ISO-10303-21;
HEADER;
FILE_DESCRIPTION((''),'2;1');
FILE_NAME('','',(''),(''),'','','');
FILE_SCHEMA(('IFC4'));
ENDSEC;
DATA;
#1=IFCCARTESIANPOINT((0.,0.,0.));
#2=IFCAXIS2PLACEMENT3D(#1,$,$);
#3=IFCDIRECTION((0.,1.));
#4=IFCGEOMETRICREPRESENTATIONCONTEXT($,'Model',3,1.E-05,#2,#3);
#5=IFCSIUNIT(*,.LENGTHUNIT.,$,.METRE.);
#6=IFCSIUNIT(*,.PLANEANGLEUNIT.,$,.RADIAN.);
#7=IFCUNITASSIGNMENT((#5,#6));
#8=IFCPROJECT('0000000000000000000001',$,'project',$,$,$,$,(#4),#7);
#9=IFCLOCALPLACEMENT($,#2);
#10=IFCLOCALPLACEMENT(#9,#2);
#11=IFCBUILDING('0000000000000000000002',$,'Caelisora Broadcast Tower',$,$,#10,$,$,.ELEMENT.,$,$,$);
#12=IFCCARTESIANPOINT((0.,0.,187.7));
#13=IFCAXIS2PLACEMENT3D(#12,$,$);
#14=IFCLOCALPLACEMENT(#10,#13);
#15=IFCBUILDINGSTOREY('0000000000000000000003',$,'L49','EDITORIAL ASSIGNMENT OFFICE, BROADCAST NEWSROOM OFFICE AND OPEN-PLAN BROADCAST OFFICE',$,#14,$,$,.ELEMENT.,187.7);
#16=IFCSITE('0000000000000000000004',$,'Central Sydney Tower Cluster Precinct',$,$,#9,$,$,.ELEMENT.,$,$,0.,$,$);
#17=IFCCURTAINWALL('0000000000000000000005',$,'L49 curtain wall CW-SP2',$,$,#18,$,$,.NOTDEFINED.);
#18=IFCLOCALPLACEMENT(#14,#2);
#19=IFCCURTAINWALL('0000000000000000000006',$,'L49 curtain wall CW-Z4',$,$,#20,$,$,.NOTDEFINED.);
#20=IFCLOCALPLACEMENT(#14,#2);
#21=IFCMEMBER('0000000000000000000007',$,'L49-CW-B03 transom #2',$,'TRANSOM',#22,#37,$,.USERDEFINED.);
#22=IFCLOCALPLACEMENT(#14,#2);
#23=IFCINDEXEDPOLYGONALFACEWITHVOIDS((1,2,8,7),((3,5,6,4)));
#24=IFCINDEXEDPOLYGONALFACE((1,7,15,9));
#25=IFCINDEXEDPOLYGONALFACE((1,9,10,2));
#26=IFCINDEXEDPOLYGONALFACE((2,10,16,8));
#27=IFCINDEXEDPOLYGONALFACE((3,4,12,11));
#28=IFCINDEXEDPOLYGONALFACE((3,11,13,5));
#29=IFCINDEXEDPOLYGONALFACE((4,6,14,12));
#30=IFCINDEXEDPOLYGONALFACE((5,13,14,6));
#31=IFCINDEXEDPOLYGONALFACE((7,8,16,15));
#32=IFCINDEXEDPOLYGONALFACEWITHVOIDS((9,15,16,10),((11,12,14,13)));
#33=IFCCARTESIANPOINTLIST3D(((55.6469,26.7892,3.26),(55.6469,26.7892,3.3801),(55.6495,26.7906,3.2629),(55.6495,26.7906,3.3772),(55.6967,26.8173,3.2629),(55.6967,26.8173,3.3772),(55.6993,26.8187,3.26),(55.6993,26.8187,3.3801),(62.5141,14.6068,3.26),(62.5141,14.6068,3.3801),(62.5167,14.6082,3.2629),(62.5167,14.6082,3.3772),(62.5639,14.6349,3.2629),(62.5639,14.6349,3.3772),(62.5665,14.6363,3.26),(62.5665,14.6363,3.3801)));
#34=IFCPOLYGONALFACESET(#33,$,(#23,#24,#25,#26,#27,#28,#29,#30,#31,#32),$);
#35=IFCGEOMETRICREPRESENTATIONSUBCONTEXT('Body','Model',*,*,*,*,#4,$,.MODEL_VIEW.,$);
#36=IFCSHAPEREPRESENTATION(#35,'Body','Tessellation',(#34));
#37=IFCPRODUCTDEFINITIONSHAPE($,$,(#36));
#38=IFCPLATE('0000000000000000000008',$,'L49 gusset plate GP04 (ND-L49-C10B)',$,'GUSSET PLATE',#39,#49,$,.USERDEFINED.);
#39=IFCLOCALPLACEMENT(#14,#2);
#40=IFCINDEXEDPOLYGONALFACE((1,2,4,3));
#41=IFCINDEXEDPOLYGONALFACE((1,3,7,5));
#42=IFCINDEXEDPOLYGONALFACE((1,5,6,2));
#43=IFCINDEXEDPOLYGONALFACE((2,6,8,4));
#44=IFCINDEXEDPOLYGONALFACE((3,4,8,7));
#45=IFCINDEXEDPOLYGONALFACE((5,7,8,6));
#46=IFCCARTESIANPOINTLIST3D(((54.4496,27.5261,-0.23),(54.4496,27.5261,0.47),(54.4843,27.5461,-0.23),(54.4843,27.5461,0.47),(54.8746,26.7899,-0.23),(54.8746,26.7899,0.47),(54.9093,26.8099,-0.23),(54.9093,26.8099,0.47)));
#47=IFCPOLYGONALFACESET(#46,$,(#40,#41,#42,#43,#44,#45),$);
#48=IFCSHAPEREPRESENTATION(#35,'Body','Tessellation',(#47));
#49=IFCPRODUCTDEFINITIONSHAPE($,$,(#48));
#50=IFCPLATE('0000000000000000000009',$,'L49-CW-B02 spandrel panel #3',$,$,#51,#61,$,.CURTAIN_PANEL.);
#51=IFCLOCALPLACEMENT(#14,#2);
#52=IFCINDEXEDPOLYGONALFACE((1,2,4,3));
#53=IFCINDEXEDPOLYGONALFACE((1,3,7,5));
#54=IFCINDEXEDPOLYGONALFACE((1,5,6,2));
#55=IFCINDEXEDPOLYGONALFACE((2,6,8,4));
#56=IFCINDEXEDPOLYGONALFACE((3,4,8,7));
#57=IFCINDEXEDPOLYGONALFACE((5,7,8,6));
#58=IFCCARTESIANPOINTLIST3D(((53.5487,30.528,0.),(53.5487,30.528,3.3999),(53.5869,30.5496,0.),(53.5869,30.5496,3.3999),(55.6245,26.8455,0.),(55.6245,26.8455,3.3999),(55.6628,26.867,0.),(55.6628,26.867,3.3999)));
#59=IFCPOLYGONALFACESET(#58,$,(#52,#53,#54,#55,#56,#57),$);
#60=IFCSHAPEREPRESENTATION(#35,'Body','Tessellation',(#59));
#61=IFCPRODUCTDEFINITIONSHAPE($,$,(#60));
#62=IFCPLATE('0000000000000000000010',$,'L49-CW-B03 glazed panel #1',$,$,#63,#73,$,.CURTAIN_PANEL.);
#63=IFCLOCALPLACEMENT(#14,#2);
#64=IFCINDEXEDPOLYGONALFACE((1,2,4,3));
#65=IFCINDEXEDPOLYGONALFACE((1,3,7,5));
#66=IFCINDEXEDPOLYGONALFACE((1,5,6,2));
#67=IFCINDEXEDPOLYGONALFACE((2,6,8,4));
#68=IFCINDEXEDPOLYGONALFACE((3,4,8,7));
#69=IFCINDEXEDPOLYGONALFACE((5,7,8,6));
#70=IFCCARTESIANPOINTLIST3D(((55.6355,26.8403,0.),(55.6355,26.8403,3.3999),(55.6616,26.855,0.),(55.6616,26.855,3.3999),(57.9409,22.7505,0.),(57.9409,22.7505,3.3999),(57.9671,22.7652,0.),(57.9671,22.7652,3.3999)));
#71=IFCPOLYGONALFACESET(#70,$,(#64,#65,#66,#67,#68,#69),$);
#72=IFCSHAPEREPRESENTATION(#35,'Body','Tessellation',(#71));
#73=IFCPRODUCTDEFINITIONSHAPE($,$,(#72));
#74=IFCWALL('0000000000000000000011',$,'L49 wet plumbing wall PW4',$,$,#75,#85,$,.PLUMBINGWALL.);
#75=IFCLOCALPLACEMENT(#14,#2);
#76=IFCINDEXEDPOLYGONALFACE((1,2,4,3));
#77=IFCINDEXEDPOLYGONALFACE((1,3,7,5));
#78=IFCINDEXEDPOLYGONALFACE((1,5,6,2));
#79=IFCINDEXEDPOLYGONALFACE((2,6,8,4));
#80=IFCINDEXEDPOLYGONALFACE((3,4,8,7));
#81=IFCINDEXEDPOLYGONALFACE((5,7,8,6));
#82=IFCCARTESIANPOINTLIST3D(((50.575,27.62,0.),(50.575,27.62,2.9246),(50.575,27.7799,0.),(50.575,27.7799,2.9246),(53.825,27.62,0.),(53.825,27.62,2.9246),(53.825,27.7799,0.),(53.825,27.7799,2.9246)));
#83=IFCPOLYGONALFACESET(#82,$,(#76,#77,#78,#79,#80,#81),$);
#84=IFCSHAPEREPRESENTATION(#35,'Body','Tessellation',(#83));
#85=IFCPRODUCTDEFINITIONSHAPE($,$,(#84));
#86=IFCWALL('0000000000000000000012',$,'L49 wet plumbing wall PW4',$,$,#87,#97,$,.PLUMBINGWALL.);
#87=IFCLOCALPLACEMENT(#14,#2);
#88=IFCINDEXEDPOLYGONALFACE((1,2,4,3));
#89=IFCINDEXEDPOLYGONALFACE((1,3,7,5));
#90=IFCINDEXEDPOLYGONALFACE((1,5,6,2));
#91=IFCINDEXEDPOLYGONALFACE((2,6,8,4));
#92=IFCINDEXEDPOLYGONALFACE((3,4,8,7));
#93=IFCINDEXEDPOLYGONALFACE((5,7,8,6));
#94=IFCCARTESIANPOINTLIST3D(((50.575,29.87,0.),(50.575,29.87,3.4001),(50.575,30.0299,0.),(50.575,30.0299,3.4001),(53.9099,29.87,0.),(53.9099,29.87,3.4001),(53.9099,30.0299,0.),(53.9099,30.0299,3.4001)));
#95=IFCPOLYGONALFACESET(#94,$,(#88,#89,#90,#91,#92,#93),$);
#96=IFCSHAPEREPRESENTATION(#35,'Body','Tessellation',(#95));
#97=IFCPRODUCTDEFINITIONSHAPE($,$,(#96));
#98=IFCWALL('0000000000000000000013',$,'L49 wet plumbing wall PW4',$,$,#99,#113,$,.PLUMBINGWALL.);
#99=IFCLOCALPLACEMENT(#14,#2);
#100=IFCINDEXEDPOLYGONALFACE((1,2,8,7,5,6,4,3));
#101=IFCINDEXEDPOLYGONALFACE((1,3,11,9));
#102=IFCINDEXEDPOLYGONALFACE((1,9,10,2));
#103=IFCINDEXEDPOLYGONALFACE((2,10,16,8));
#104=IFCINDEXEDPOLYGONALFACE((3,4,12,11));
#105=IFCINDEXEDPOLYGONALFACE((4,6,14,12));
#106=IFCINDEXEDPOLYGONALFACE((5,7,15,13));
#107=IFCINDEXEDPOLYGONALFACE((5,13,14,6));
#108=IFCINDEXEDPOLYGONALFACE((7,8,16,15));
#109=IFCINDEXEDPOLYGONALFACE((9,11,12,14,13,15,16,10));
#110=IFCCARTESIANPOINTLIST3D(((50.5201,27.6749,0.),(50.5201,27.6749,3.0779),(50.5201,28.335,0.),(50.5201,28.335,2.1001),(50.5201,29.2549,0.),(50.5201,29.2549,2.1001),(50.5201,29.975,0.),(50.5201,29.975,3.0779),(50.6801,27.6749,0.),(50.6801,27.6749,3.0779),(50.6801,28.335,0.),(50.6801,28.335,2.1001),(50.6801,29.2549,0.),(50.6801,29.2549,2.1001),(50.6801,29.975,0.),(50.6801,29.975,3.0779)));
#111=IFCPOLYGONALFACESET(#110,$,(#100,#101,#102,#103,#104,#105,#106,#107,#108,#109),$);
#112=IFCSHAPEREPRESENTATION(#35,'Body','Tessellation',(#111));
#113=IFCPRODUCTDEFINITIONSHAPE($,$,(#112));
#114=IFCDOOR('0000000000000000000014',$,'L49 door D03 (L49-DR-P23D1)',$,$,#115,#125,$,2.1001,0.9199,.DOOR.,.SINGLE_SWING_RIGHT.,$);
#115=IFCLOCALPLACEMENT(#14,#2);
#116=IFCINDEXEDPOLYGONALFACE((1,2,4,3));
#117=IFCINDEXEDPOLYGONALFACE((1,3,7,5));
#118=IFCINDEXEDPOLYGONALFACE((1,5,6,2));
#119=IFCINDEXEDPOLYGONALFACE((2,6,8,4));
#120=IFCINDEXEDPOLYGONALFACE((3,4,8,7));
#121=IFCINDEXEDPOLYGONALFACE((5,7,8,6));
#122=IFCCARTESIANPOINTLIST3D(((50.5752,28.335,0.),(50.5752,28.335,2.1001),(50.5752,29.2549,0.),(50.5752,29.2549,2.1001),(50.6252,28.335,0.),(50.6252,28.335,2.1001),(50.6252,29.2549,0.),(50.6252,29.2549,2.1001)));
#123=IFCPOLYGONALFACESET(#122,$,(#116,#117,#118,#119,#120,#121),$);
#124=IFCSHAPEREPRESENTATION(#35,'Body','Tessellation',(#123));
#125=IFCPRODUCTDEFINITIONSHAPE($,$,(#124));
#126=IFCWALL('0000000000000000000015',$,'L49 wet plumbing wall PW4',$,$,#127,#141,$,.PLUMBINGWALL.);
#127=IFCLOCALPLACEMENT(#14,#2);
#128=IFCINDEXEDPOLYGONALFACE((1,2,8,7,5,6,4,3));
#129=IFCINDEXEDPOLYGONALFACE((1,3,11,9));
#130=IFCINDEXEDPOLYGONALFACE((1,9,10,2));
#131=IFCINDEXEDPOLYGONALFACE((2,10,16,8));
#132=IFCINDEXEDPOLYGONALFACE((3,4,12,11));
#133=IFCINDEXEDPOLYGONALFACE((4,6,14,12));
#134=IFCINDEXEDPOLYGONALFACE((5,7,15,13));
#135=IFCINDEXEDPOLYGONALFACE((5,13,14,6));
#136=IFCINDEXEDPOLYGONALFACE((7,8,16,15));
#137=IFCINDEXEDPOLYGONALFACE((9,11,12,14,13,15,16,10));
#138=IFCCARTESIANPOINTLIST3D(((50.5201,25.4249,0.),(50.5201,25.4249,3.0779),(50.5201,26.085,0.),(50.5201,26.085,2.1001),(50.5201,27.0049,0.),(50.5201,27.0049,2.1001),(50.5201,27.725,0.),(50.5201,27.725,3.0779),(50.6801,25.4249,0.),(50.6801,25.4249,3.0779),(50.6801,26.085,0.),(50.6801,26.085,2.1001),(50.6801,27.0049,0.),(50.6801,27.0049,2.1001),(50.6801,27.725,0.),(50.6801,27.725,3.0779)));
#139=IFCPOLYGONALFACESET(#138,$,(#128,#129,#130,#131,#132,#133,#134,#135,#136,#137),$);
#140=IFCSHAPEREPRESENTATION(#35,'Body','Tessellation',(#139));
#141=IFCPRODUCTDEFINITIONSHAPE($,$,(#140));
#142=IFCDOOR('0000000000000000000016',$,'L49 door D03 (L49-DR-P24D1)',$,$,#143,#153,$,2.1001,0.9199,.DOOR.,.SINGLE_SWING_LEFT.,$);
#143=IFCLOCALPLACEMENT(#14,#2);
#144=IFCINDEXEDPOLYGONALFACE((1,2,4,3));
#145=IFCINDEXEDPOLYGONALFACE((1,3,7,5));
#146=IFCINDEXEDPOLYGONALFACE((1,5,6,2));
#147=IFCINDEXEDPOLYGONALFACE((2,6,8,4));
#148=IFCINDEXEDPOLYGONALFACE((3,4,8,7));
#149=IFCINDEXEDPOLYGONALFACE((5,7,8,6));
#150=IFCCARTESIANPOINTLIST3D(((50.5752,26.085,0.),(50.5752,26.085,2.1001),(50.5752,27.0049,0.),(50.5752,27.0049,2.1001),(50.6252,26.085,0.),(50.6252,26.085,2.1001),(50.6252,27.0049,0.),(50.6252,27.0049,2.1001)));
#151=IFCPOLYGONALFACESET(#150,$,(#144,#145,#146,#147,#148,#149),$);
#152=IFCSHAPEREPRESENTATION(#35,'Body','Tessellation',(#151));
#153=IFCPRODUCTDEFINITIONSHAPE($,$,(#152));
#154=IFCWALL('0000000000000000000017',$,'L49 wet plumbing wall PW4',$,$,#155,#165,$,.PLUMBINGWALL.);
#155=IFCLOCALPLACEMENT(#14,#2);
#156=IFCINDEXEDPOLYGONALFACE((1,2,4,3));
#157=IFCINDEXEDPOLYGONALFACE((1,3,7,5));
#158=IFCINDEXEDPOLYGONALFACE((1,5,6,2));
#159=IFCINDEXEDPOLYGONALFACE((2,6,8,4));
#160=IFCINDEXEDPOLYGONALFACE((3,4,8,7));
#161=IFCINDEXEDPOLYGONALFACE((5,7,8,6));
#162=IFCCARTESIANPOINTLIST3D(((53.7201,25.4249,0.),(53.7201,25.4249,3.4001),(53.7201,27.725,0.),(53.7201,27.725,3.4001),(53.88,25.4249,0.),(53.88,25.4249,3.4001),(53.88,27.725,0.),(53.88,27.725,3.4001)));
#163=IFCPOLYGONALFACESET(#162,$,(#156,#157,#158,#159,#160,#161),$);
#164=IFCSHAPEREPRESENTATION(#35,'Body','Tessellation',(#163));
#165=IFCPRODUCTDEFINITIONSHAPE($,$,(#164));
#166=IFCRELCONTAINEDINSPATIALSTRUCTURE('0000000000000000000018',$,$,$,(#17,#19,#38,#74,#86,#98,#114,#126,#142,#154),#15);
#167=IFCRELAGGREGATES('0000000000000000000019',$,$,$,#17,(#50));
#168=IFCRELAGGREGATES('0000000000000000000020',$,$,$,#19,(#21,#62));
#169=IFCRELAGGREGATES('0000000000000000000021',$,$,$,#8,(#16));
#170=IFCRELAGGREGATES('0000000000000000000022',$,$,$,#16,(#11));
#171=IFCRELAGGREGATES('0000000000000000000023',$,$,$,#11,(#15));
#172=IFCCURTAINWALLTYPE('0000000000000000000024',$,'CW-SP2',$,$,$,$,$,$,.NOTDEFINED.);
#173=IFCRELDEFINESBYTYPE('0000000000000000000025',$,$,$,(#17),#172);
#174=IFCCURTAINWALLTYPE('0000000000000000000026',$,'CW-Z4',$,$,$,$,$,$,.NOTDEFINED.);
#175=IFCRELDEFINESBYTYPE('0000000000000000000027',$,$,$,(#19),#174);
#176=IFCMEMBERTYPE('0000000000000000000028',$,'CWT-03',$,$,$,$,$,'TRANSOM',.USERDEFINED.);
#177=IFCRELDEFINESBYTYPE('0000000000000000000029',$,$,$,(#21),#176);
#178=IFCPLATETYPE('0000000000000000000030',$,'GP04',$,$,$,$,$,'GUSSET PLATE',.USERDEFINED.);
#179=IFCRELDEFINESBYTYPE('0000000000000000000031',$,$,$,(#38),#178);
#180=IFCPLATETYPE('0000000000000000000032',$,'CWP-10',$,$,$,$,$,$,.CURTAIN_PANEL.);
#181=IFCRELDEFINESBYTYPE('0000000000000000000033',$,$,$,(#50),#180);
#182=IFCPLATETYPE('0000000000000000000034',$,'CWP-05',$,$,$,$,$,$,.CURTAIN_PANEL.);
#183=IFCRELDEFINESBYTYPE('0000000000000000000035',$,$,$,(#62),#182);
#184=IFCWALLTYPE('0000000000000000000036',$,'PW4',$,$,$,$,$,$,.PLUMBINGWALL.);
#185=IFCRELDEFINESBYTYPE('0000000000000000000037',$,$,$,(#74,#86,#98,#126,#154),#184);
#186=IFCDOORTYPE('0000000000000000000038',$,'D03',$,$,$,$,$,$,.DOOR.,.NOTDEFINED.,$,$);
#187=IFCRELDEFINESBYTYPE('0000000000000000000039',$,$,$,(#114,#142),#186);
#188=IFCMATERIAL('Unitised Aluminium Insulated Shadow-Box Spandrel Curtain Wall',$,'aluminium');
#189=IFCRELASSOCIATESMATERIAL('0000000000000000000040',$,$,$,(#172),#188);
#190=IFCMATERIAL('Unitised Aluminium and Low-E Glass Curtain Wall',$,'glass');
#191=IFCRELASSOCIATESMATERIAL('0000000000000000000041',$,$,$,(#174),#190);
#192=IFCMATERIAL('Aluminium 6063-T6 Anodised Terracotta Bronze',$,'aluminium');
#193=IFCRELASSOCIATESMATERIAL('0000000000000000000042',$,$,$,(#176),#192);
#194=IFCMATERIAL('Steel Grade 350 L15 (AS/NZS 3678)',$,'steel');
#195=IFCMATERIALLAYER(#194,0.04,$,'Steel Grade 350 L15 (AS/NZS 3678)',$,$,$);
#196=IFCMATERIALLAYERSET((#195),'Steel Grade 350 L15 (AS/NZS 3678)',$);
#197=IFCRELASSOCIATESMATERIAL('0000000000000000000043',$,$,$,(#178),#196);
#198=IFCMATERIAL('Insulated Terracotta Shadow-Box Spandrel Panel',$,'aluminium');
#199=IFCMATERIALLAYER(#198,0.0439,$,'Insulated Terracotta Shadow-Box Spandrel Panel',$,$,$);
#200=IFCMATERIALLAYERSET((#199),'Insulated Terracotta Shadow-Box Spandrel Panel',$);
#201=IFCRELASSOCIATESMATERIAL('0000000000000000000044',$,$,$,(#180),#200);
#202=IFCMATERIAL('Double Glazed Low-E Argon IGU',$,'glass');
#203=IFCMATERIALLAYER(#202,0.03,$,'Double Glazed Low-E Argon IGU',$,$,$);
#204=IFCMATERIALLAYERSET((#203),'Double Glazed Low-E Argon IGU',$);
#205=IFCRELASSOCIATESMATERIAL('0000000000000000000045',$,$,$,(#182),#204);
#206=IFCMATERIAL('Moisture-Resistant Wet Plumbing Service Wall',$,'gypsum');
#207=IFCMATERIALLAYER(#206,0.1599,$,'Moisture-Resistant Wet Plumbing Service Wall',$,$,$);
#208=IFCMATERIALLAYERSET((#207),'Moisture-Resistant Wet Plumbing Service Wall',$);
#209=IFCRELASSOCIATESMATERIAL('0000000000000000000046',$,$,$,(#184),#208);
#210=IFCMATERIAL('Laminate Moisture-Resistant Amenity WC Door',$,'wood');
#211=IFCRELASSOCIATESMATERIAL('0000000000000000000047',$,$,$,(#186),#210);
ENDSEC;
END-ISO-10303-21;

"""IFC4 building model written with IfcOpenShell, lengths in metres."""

from ifc_helpers import new_model, si_unit, direction, frame, frame_2d, origin, origin_2d, place, context, subcontext, project, spatial, rectangle, hollow_rectangle, extrude, source, transform, mapped, material, layer, layer_set, material_profile, profile_set, type_object, type_shapes, element, fill, aggregate, save


model = new_model("IFC4")

# Units and contexts
model_context = context("Model", 3, precision=1e-05, world=origin(), true_north=direction((0.0, 1.0)))
body_context = subcontext(model_context, "Body", "Model", "MODEL_VIEW")
ifc_project = project(units=[si_unit("LENGTHUNIT", "METRE"), si_unit("PLANEANGLEUNIT", "RADIAN")], contexts=[model_context])

# Site, building, storey
site_placement = place(None, origin())
site = spatial("IfcSite", under=ifc_project, at=site_placement, Name="Central Sydney Tower Cluster Precinct", CompositionType="ELEMENT", RefElevation=0.0)
building_placement = place(site_placement, origin())
building = spatial("IfcBuilding", under=site, at=building_placement, Name="Caelisora Broadcast Tower", CompositionType="ELEMENT")
storey_placement = place(building_placement, frame((0.0, 0.0, 187.7)))
storey = spatial("IfcBuildingStorey", under=building, at=storey_placement, Name="L49", Description="EDITORIAL ASSIGNMENT OFFICE, BROADCAST NEWSROOM OFFICE AND OPEN-PLAN BROADCAST OFFICE", CompositionType="ELEMENT", Elevation=187.7)

# Shared definitions
ifc_material_1 = material(Name="Steel Grade 350 L15 (AS/NZS 3678)", Category="steel")

# Curtain wall
ifc_material_2 = material(Name="Unitised Aluminium Insulated Shadow-Box Spandrel Curtain Wall", Category="aluminium")
curtain_wall_type_1 = type_object("IfcCurtainWallType", Name="CW-SP2", PredefinedType="NOTDEFINED", material=ifc_material_2)
curtain_wall_1_placement = place(storey_placement, origin())
curtain_wall_1 = element("IfcCurtainWall", 1, at=curtain_wall_1_placement, inside=storey, type_object=curtain_wall_type_1, Name="L49 curtain wall CW-SP2", PredefinedType="NOTDEFINED")
ifc_material_3 = material(Name="Aluminium 6063-T6 Anodised Terracotta Bronze", Category="aluminium")

# Curtain wall, member
ifc_material_4 = material(Name="Unitised Aluminium and Low-E Glass Curtain Wall", Category="glass")
curtain_wall_type_2 = type_object("IfcCurtainWallType", Name="CW-Z4", PredefinedType="NOTDEFINED", material=ifc_material_4)
curtain_wall_2_placement = place(storey_placement, origin())
curtain_wall_2 = element("IfcCurtainWall", 2, at=curtain_wall_2_placement, inside=storey, type_object=curtain_wall_type_2, Name="L49 curtain wall CW-Z4", PredefinedType="NOTDEFINED")
ifc_material_profile_1 = material_profile(ifc_material_3, hollow_rectangle(XDim=0.0601, YDim=0.1201, WallThickness=0.0029, at=origin_2d()), Name="Aluminium 6063-T6 Anodised Terracotta Bronze")
ifc_profile_set_1 = profile_set([ifc_material_profile_1], Name="Aluminium 6063-T6 Anodised Terracotta Bronze")
member_type_1 = type_object("IfcMemberType", Name="CWT-03", ElementType="TRANSOM", PredefinedType="USERDEFINED", material=ifc_profile_set_1)
shared_shape_1 = source(origin(), body_context, "Body", "SweptSolid", [
    extrude(hollow_rectangle(XDim=0.0601, YDim=0.1201, WallThickness=0.0029, at=origin_2d()), origin(), (0.0, 0.0, 1.0), 13.9846),
])
type_shapes(member_type_1, [shared_shape_1])
member_1_placement = place(storey_placement, frame((55.6731, 26.804, 3.3201), z_axis=(0.491054, -0.871129, 0.0), x_axis=(0.871129, 0.491054, 0.0)))
member_1 = element("IfcMember", 3, at=member_1_placement, type_object=member_type_1, Name="L49-CW-B03 transom #2", ObjectType="TRANSOM", PredefinedType="USERDEFINED", context=body_context, shape_type="MappedRepresentation", body=[
    mapped(shared_shape_1, transform((0.0, 0.0, 0.0), scale=1.0)),
])

# Plates
ifc_layer_1 = layer(ifc_material_1, 0.04, Name="Steel Grade 350 L15 (AS/NZS 3678)")
ifc_layer_set_1 = layer_set([ifc_layer_1], Name="Steel Grade 350 L15 (AS/NZS 3678)")
plate_type_1 = type_object("IfcPlateType", Name="GP04", ElementType="GUSSET PLATE", PredefinedType="USERDEFINED", material=ifc_layer_set_1)
shared_shape_2 = source(origin(), body_context, "Body", "SweptSolid", [
    extrude(rectangle(XDim=0.8501, YDim=0.04, at=origin_2d()), origin(), (0.0, 0.0, 1.0), 0.7),
])
type_shapes(plate_type_1, [shared_shape_2])
plate_1_placement = place(storey_placement, frame((54.6794, 27.168, -0.23), z_axis=(0.0, 0.0, 1.0), x_axis=(-0.5, 0.866025, 0.0)))
element("IfcPlate", 4, at=plate_1_placement, inside=storey, type_object=plate_type_1, Name="L49 gusset plate GP04 (ND-L49-C10B)", ObjectType="GUSSET PLATE", PredefinedType="USERDEFINED", context=body_context, shape_type="MappedRepresentation", body=[
    mapped(shared_shape_2, transform((0.0, 0.0, 0.0), scale=1.0)),
])
ifc_material_5 = material(Name="Insulated Terracotta Shadow-Box Spandrel Panel", Category="aluminium")
ifc_layer_2 = layer(ifc_material_5, 0.0439, Name="Insulated Terracotta Shadow-Box Spandrel Panel")
ifc_layer_set_2 = layer_set([ifc_layer_2], Name="Insulated Terracotta Shadow-Box Spandrel Panel")
plate_type_2 = type_object("IfcPlateType", Name="CWP-10", PredefinedType="CURTAIN_PANEL", material=ifc_layer_set_2)
shared_shape_3 = source(origin(), body_context, "Body", "SweptSolid", [
    extrude(rectangle(XDim=4.2273, YDim=0.0439, at=origin_2d()), origin(), (0.0, 0.0, 1.0), 3.3999),
])
type_shapes(plate_type_2, [shared_shape_3])
plate_2_placement = place(storey_placement, frame((54.6057, 28.6975, 0.0), z_axis=(0.0, 0.0, 1.0), x_axis=(0.491056, -0.871128, 0.0)))
plate_2 = element("IfcPlate", 5, at=plate_2_placement, type_object=plate_type_2, Name="L49-CW-B02 spandrel panel #3", PredefinedType="CURTAIN_PANEL", context=body_context, shape_type="MappedRepresentation", body=[
    mapped(shared_shape_3, transform((0.0, 0.0, 0.0), scale=1.0)),
])
aggregate(curtain_wall_1, [plate_2])
ifc_material_6 = material(Name="Double Glazed Low-E Argon IGU", Category="glass")
ifc_layer_3 = layer(ifc_material_6, 0.03, Name="Double Glazed Low-E Argon IGU")
ifc_layer_set_3 = layer_set([ifc_layer_3], Name="Double Glazed Low-E Argon IGU")
plate_type_3 = type_object("IfcPlateType", Name="CWP-05", PredefinedType="CURTAIN_PANEL", material=ifc_layer_set_3)
shared_shape_4 = source(origin(), body_context, "Body", "SweptSolid", [
    extrude(rectangle(XDim=4.6948, YDim=0.03, at=origin_2d()), origin(), (0.0, 0.0, 1.0), 3.3999),
])
type_shapes(plate_type_3, [shared_shape_4])
plate_3_placement = place(storey_placement, frame((56.8013, 24.8027, 0.0), z_axis=(0.0, 0.0, 1.0), x_axis=(0.491056, -0.871128, 0.0)))
plate_3 = element("IfcPlate", 6, at=plate_3_placement, type_object=plate_type_3, Name="L49-CW-B03 glazed panel #1", PredefinedType="CURTAIN_PANEL", context=body_context, shape_type="MappedRepresentation", body=[
    mapped(shared_shape_4, transform((0.0, 0.0, 0.0), scale=1.0)),
])
aggregate(curtain_wall_2, [member_1, plate_3])

# Walls
ifc_material_7 = material(Name="Moisture-Resistant Wet Plumbing Service Wall", Category="gypsum")
ifc_layer_4 = layer(ifc_material_7, 0.1599, Name="Moisture-Resistant Wet Plumbing Service Wall")
ifc_layer_set_4 = layer_set([ifc_layer_4], Name="Moisture-Resistant Wet Plumbing Service Wall")
wall_type = type_object("IfcWallType", Name="PW4", PredefinedType="PLUMBINGWALL", material=ifc_layer_set_4)
wall_1_placement = place(storey_placement, frame((50.575, 27.7, 0.0), z_axis=(0.0, 0.0, 1.0), x_axis=(1.0, 0.0, 0.0)))
element("IfcWall", 7, at=wall_1_placement, inside=storey, type_object=wall_type, Name="L49 wet plumbing wall PW4", PredefinedType="PLUMBINGWALL", context=body_context, shape_type="SweptSolid", body=[
    extrude(rectangle(XDim=3.25, YDim=0.1599, at=frame_2d((1.625, 0.0))), origin(), (0.0, 0.0, 1.0), 2.9246),
])
wall_2_placement = place(storey_placement, frame((53.9099, 29.95, 0.0), z_axis=(0.0, 0.0, 1.0), x_axis=(-1.0, 0.0, 0.0)))
element("IfcWall", 8, at=wall_2_placement, inside=storey, type_object=wall_type, Name="L49 wet plumbing wall PW4", PredefinedType="PLUMBINGWALL", context=body_context, shape_type="SweptSolid", body=[
    extrude(rectangle(XDim=3.335, YDim=0.1599, at=frame_2d((1.6675, 0.0))), origin(), (0.0, 0.0, 1.0), 3.4001),
])

# Walls, openings, doors
wall_3_placement = place(storey_placement, frame((50.6001, 27.675, 0.0), z_axis=(0.0, 0.0, 1.0), x_axis=(0.0, 1.0, 0.0)))
wall_3 = element("IfcWall", 9, at=wall_3_placement, inside=storey, type_object=wall_type, Name="L49 wet plumbing wall PW4", PredefinedType="PLUMBINGWALL", context=body_context, shape_type="SweptSolid", body=[
    extrude(rectangle(XDim=2.3, YDim=0.1599, at=frame_2d((1.1499, 0.0))), origin(), (0.0, 0.0, 1.0), 3.0779),
])
opening_1_placement = place(wall_3_placement, frame((0.6599, 0.0, 0.0)))
opening_1 = element("IfcOpeningElement", 10, at=opening_1_placement, cuts=wall_3, PredefinedType="OPENING", context=body_context, shape_type="SweptSolid", body=[
    extrude(rectangle(XDim=0.9199, YDim=2.1001, at=frame_2d((0.46, 1.05))), frame((0.0, 0.092, 0.0), z_axis=(0.0, -1.0, 0.0), x_axis=(1.0, 0.0, 0.0)), (0.0, 0.0, 1.0), 0.1838),
])
ifc_material_8 = material(Name="Laminate Moisture-Resistant Amenity WC Door", Category="wood")
door_type = type_object("IfcDoorType", Name="D03", OperationType="NOTDEFINED", PredefinedType="DOOR", material=ifc_material_8)
door_1_placement = place(opening_1_placement, origin())
door_1 = element("IfcDoor", 11, at=door_1_placement, inside=storey, type_object=door_type, Name="L49 door D03 (L49-DR-P23D1)", OperationType="SINGLE_SWING_RIGHT", OverallHeight=2.1001, OverallWidth=0.9199, PredefinedType="DOOR", context=body_context, shape_type="SweptSolid", body=[
    extrude(rectangle(XDim=0.9199, YDim=2.1001, at=frame_2d((0.46, 1.05))), frame((0.0, 0.0249, 0.0), z_axis=(0.0, -1.0, 0.0), x_axis=(1.0, 0.0, 0.0)), (0.0, 0.0, 1.0), 0.05),
])
fill(opening_1, door_1)
wall_4_placement = place(storey_placement, frame((50.6001, 25.425, 0.0), z_axis=(0.0, 0.0, 1.0), x_axis=(0.0, 1.0, 0.0)))
wall_4 = element("IfcWall", 12, at=wall_4_placement, inside=storey, type_object=wall_type, Name="L49 wet plumbing wall PW4", PredefinedType="PLUMBINGWALL", context=body_context, shape_type="SweptSolid", body=[
    extrude(rectangle(XDim=2.3, YDim=0.1599, at=frame_2d((1.1499, 0.0))), origin(), (0.0, 0.0, 1.0), 3.0779),
])
opening_2_placement = place(wall_4_placement, frame((0.6599, 0.0, 0.0)))
opening_2 = element("IfcOpeningElement", 13, at=opening_2_placement, cuts=wall_4, PredefinedType="OPENING", context=body_context, shape_type="SweptSolid", body=[
    extrude(rectangle(XDim=0.9199, YDim=2.1001, at=frame_2d((0.46, 1.05))), frame((0.0, 0.092, 0.0), z_axis=(0.0, -1.0, 0.0), x_axis=(1.0, 0.0, 0.0)), (0.0, 0.0, 1.0), 0.1838),
])
door_2_placement = place(opening_2_placement, origin())
door_2 = element("IfcDoor", 14, at=door_2_placement, inside=storey, type_object=door_type, Name="L49 door D03 (L49-DR-P24D1)", OperationType="SINGLE_SWING_LEFT", OverallHeight=2.1001, OverallWidth=0.9199, PredefinedType="DOOR", context=body_context, shape_type="SweptSolid", body=[
    extrude(rectangle(XDim=0.9199, YDim=2.1001, at=frame_2d((0.46, 1.05))), frame((0.0, 0.0249, 0.0), z_axis=(0.0, -1.0, 0.0), x_axis=(1.0, 0.0, 0.0)), (0.0, 0.0, 1.0), 0.05),
])
fill(opening_2, door_2)

# Wall
wall_5_placement = place(storey_placement, frame((53.8, 25.425, 0.0), z_axis=(0.0, 0.0, 1.0), x_axis=(0.0, 1.0, 0.0)))
element("IfcWall", 15, at=wall_5_placement, inside=storey, type_object=wall_type, Name="L49 wet plumbing wall PW4", PredefinedType="PLUMBINGWALL", context=body_context, shape_type="SweptSolid", body=[
    extrude(rectangle(XDim=2.3, YDim=0.1599, at=frame_2d((1.1499, 0.0))), origin(), (0.0, 0.0, 1.0), 3.4001),
])

save(model, "model.ifc")
